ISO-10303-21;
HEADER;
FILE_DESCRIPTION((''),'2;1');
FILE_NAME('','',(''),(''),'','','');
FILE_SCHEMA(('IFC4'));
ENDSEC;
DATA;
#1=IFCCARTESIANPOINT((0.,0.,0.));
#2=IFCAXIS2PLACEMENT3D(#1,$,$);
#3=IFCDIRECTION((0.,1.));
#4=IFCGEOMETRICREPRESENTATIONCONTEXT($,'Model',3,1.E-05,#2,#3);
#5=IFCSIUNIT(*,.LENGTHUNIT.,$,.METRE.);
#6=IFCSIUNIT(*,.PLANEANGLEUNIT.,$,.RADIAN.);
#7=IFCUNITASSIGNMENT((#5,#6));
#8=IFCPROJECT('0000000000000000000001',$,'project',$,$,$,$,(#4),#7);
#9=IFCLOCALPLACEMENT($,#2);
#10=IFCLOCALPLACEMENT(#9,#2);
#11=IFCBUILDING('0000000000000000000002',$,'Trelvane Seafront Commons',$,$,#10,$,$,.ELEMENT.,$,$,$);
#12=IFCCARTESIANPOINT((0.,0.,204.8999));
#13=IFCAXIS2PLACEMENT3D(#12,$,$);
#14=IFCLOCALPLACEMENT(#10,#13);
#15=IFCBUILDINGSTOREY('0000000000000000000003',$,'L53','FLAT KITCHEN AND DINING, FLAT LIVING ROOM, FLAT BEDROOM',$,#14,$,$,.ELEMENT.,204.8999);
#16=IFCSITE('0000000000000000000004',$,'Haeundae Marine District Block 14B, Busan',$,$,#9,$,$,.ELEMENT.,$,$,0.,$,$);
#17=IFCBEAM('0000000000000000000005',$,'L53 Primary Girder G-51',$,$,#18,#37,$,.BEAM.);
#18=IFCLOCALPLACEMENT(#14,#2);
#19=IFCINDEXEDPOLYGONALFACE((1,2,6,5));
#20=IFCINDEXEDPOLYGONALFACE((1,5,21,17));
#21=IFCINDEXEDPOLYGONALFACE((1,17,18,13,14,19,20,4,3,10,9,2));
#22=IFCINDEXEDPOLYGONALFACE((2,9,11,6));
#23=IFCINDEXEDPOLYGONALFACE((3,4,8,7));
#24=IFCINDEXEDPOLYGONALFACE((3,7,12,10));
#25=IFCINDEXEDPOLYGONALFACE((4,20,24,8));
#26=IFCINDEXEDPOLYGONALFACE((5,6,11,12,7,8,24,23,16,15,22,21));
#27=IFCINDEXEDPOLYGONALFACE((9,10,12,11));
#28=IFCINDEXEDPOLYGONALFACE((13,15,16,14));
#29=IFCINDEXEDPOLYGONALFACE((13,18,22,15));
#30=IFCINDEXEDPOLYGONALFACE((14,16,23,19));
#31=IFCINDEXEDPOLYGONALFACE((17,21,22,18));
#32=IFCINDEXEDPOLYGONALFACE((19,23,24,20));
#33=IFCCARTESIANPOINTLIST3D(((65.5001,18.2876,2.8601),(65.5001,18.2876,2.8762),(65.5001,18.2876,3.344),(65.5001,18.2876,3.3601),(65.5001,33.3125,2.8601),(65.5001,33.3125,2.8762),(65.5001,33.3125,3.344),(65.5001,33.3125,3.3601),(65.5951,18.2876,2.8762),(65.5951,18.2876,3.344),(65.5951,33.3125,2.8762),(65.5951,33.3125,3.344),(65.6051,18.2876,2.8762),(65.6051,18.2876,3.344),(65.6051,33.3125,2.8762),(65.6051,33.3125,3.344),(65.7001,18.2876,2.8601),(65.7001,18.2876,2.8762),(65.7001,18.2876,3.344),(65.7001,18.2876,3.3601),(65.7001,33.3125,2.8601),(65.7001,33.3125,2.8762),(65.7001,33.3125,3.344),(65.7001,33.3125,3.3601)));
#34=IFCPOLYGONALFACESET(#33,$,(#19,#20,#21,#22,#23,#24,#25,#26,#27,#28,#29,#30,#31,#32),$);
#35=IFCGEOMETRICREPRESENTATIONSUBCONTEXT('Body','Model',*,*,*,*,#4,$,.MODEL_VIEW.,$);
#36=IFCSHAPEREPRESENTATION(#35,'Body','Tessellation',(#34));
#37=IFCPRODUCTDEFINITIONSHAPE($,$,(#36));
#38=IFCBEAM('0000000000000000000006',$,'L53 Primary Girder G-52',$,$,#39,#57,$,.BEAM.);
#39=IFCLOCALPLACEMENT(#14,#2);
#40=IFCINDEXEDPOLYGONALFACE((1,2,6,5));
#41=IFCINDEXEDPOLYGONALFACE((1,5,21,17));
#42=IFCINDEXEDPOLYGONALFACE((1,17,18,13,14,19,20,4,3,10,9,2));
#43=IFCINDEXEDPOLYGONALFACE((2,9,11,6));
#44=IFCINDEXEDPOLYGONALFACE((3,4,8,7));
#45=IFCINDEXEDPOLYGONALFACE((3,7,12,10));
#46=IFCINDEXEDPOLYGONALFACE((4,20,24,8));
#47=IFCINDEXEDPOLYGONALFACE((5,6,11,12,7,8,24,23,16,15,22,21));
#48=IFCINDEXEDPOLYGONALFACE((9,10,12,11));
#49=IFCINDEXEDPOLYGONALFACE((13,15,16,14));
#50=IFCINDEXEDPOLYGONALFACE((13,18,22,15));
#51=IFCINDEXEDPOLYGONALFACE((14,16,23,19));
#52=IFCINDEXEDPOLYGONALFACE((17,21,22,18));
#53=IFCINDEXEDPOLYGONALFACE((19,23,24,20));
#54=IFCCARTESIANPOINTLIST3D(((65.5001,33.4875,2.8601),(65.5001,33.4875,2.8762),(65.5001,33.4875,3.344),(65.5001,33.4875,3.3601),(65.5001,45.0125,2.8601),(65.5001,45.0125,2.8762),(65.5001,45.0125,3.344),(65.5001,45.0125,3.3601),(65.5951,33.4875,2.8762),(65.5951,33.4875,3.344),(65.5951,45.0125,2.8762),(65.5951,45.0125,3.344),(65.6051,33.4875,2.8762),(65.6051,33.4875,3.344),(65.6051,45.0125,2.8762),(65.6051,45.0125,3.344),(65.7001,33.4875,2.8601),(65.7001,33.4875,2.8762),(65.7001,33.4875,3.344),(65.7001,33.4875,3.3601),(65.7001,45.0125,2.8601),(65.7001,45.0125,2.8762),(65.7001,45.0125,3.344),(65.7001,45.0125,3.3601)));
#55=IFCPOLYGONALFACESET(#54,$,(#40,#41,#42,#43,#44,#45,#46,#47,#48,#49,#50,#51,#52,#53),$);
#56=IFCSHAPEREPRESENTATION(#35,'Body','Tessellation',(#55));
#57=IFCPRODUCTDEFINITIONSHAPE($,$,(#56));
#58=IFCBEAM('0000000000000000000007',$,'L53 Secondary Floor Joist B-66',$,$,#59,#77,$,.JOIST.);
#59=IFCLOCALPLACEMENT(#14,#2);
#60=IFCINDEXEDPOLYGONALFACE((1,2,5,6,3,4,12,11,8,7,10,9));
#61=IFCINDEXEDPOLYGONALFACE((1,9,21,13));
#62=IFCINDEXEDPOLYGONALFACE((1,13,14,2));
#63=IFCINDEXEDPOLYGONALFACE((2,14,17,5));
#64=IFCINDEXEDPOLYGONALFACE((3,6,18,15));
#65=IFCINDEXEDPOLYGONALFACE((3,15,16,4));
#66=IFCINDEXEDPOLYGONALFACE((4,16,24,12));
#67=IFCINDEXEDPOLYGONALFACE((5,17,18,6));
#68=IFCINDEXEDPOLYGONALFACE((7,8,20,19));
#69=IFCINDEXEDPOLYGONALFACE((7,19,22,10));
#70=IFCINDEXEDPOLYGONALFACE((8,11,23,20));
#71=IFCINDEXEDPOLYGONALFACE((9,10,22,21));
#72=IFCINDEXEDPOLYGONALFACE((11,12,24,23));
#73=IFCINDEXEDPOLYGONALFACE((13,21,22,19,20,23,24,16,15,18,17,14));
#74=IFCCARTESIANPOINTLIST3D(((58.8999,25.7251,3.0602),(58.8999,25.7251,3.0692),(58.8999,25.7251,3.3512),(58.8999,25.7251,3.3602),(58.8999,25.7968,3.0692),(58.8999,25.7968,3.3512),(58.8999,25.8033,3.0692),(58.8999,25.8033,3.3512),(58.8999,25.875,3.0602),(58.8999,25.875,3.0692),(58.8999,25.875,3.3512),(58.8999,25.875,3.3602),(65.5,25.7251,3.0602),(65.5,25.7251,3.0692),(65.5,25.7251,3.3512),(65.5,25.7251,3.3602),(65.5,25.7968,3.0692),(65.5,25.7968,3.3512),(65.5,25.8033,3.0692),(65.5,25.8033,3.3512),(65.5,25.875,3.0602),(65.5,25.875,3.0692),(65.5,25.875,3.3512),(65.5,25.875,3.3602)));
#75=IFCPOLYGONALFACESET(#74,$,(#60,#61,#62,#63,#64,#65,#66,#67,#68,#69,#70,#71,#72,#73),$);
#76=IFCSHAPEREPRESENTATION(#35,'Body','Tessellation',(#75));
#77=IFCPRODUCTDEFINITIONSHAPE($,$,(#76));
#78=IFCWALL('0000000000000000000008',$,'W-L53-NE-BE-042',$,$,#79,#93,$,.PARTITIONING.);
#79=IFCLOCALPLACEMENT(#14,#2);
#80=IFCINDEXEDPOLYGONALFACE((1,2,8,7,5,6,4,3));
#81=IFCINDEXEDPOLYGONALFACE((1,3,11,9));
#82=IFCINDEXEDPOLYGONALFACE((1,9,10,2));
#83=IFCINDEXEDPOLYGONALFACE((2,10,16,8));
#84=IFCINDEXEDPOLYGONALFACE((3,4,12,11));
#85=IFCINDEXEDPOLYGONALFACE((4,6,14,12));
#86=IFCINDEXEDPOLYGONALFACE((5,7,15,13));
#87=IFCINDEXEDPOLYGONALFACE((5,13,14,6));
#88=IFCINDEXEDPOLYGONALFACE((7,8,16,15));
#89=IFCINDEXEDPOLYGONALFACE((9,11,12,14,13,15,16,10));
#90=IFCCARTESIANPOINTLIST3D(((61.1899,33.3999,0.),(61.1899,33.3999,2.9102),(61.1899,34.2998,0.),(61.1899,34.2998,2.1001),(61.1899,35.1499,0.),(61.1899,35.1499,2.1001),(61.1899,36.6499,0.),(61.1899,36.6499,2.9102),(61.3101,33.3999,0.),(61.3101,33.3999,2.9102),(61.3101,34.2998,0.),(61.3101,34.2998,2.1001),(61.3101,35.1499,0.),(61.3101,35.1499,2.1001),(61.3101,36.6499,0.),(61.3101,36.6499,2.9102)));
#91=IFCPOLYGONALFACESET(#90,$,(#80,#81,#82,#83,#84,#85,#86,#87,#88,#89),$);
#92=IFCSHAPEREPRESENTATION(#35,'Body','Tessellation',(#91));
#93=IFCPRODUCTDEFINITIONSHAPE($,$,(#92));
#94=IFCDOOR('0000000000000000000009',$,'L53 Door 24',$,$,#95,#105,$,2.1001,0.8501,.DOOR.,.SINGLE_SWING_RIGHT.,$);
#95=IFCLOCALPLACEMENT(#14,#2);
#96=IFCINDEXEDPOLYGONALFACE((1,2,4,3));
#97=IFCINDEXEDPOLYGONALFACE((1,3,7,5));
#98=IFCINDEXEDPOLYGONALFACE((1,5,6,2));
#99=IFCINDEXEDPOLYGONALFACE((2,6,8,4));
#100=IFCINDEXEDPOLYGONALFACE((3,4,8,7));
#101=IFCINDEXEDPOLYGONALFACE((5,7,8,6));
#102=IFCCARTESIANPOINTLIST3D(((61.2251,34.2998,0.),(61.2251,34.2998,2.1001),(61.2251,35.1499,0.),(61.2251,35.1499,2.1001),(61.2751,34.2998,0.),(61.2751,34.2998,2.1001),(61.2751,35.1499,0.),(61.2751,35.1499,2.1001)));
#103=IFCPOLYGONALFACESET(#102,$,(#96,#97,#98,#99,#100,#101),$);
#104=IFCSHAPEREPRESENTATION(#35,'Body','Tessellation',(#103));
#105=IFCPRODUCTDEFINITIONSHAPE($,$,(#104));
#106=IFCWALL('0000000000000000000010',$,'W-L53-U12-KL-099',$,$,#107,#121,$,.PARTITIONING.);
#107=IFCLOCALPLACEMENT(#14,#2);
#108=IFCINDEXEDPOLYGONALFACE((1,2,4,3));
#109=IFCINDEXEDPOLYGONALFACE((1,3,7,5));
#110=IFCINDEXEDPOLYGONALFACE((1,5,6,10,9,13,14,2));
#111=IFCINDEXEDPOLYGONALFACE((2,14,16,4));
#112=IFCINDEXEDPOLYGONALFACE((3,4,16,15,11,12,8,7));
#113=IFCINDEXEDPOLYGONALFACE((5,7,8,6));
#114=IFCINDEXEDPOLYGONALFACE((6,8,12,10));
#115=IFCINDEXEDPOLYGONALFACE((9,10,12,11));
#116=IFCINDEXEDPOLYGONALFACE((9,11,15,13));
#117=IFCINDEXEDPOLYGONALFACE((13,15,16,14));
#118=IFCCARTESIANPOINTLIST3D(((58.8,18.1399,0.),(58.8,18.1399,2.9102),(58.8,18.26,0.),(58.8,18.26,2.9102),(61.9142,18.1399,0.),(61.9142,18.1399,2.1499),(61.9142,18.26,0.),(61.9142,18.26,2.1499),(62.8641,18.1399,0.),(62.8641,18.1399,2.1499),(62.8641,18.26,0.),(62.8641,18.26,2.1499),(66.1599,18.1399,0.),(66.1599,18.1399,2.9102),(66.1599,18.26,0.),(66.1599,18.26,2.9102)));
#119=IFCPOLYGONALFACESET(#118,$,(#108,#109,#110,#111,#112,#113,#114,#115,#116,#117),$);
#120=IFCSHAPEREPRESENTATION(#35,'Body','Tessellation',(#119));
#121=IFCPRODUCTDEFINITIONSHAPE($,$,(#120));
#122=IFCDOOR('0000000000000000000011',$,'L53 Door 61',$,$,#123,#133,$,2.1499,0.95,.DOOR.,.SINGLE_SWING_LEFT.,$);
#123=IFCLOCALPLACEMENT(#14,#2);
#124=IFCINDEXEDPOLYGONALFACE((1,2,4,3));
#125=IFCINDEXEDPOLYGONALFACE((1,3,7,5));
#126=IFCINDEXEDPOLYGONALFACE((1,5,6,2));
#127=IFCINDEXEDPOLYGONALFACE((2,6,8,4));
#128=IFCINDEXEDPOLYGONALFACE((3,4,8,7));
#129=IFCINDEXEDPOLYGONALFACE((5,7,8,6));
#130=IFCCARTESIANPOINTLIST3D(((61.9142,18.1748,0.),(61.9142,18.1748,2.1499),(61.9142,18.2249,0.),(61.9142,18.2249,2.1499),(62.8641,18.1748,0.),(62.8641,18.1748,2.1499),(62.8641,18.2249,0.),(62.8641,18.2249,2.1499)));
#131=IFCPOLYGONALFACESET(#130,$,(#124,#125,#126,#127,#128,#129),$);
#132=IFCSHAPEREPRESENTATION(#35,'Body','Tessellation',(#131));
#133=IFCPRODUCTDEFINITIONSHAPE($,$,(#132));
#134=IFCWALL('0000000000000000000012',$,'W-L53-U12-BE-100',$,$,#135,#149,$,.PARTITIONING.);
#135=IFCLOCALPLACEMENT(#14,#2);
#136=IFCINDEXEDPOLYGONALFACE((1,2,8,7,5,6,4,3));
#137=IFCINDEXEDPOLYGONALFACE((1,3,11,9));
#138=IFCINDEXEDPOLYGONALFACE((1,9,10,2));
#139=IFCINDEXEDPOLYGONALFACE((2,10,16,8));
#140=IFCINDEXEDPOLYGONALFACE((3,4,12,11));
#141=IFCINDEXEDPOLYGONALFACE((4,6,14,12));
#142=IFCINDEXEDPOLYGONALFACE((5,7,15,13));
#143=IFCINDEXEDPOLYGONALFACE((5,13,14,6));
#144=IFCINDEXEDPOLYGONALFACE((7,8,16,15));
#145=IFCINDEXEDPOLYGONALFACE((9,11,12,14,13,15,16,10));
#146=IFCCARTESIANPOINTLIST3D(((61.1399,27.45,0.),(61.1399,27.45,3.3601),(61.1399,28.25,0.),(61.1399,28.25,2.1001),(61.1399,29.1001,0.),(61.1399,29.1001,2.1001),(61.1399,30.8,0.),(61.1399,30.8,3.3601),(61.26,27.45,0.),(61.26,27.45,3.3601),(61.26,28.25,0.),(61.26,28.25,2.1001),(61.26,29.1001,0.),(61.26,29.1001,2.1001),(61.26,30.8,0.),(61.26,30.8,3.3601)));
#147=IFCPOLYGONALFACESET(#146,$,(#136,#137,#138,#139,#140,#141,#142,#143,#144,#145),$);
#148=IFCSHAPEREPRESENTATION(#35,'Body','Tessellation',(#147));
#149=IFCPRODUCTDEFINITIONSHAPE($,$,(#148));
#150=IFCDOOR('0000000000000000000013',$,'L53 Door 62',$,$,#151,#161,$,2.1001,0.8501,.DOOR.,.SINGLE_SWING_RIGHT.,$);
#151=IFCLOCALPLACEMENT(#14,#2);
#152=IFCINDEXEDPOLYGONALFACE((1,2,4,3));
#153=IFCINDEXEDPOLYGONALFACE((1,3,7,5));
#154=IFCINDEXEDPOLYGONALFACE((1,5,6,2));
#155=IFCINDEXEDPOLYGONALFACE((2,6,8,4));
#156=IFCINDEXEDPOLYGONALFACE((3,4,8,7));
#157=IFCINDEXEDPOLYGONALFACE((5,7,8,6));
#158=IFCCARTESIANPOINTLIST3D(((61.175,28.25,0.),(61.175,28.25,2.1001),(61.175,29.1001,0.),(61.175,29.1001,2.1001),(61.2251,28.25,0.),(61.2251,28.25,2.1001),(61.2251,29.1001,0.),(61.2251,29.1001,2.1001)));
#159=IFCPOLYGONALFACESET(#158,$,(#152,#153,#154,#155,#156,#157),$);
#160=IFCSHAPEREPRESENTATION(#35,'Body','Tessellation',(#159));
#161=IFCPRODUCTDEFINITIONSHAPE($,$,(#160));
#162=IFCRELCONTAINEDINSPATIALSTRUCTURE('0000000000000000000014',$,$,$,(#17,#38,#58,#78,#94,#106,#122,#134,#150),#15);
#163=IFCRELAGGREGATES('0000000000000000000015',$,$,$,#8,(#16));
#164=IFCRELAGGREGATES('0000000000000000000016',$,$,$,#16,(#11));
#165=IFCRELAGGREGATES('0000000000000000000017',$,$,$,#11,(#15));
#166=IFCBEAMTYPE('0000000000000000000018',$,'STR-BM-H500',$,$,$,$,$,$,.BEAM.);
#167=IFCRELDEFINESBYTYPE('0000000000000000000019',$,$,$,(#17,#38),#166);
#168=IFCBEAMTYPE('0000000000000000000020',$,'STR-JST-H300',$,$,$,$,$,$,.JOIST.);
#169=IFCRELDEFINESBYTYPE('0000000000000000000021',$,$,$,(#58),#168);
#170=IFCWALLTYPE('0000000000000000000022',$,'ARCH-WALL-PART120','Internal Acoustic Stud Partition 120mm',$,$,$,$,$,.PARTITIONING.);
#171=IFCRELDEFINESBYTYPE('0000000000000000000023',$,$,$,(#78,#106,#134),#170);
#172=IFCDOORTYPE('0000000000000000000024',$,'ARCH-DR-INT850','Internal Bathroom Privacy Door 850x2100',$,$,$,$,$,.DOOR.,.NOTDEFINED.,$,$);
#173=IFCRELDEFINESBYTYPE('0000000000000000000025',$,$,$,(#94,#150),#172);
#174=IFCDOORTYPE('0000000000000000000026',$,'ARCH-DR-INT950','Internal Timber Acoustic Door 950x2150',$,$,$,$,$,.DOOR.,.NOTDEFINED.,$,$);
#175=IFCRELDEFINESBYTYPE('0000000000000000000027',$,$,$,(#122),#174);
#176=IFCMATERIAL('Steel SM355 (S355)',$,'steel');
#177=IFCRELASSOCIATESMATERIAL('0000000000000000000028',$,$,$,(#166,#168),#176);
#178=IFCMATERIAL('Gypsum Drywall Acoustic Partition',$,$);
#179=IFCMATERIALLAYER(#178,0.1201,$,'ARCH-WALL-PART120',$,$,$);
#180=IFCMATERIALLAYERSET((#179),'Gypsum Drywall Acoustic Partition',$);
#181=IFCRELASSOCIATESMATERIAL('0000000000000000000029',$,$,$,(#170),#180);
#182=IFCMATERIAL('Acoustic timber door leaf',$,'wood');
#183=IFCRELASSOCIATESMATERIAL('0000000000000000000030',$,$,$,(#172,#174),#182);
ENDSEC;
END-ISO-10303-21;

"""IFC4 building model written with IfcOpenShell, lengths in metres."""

from ifc_helpers import new_model, si_unit, direction, frame, frame_2d, origin, origin_2d, place, context, subcontext, project, spatial, rectangle, i_section, extrude, source, transform, mapped, material, layer, layer_set, material_profile, profile_set, type_object, element, fill, save


model = new_model("IFC4")

# Units and contexts
model_context = context("Model", 3, precision=1e-05, world=origin(), true_north=direction((0.0, 1.0)))
body_context = subcontext(model_context, "Body", "Model", "MODEL_VIEW")
ifc_project = project(units=[si_unit("LENGTHUNIT", "METRE"), si_unit("PLANEANGLEUNIT", "RADIAN")], contexts=[model_context])

# Site, building, storey
site_placement = place(None, origin())
site = spatial("IfcSite", under=ifc_project, at=site_placement, Name="Haeundae Marine District Block 14B, Busan", CompositionType="ELEMENT", RefElevation=0.0)
building_placement = place(site_placement, origin())
building = spatial("IfcBuilding", under=site, at=building_placement, Name="Trelvane Seafront Commons", CompositionType="ELEMENT")
storey_placement = place(building_placement, frame((0.0, 0.0, 204.8999)))
storey = spatial("IfcBuildingStorey", under=building, at=storey_placement, Name="L53", Description="FLAT KITCHEN AND DINING, FLAT LIVING ROOM, FLAT BEDROOM", CompositionType="ELEMENT", Elevation=204.8999)

# Shared definitions
ifc_material_1 = material(Name="Steel SM355 (S355)", Category="steel")

# Beams
ifc_material_profile_1 = material_profile(ifc_material_1, i_section(OverallWidth=0.2, OverallDepth=0.5, WebThickness=0.01, FlangeThickness=0.0161, at=origin_2d()), Name="H-500x200x10x16")
ifc_profile_set_1 = profile_set([ifc_material_profile_1], Name="Steel SM355 (S355)")
beam_type_1 = type_object("IfcBeamType", Name="STR-BM-H500", PredefinedType="BEAM", material=ifc_profile_set_1)
shared_shape_1 = source(origin(), body_context, "Body", "SweptSolid", [
    extrude(i_section(OverallWidth=0.2, OverallDepth=0.5, WebThickness=0.01, FlangeThickness=0.0161, at=origin_2d()), origin(), (0.0, 0.0, 1.0), 15.0249),
])
beam_1_placement = place(storey_placement, frame((65.6001, 18.2876, 3.1101), z_axis=(0.0, 1.0, 0.0), x_axis=(-1.0, 0.0, 0.0)))
element("IfcBeam", 1, at=beam_1_placement, inside=storey, type_object=beam_type_1, Name="L53 Primary Girder G-51", PredefinedType="BEAM", context=body_context, shape_type="MappedRepresentation", body=[
    mapped(shared_shape_1, transform((0.0, 0.0, 0.0), x_axis=(1.0, 0.0, 0.0), y_axis=(0.0, 1.0, 0.0), z_axis=(0.0, 0.0, 1.0), scale=1.0)),
])
shared_shape_2 = source(origin(), body_context, "Body", "SweptSolid", [
    extrude(i_section(OverallWidth=0.2, OverallDepth=0.5, WebThickness=0.01, FlangeThickness=0.0161, at=origin_2d()), origin(), (0.0, 0.0, 1.0), 11.5249),
])
beam_2_placement = place(storey_placement, frame((65.6001, 33.4875, 3.1101), z_axis=(0.0, 1.0, 0.0), x_axis=(-1.0, 0.0, 0.0)))
element("IfcBeam", 2, at=beam_2_placement, inside=storey, type_object=beam_type_1, Name="L53 Primary Girder G-52", PredefinedType="BEAM", context=body_context, shape_type="MappedRepresentation", body=[
    mapped(shared_shape_2, transform((0.0, 0.0, 0.0), x_axis=(1.0, 0.0, 0.0), y_axis=(0.0, 1.0, 0.0), z_axis=(0.0, 0.0, 1.0), scale=1.0)),
])
ifc_material_profile_2 = material_profile(ifc_material_1, i_section(OverallWidth=0.1499, OverallDepth=0.3, WebThickness=0.0066, FlangeThickness=0.009, at=origin_2d()), Name="H-300x150x6.5x9")
ifc_profile_set_2 = profile_set([ifc_material_profile_2], Name="Steel SM355 (S355)")
beam_type_2 = type_object("IfcBeamType", Name="STR-JST-H300", PredefinedType="JOIST", material=ifc_profile_set_2)
shared_shape_3 = source(origin(), body_context, "Body", "SweptSolid", [
    extrude(i_section(OverallWidth=0.1499, OverallDepth=0.3, WebThickness=0.0066, FlangeThickness=0.009, at=origin_2d()), origin(), (0.0, 0.0, 1.0), 6.6001),
])
beam_3_placement = place(storey_placement, frame((58.8999, 25.8, 3.2102), z_axis=(1.0, 0.0, 0.0), x_axis=(0.0, 1.0, 0.0)))
element("IfcBeam", 3, at=beam_3_placement, inside=storey, type_object=beam_type_2, Name="L53 Secondary Floor Joist B-66", PredefinedType="JOIST", context=body_context, shape_type="MappedRepresentation", body=[
    mapped(shared_shape_3, transform((0.0, 0.0, 0.0), x_axis=(1.0, 0.0, 0.0), y_axis=(0.0, 1.0, 0.0), z_axis=(0.0, 0.0, 1.0), scale=1.0)),
])

# Walls, openings, doors
ifc_material_2 = material(Name="Gypsum Drywall Acoustic Partition")
ifc_layer_1 = layer(ifc_material_2, 0.1201, Name="ARCH-WALL-PART120")
ifc_layer_set_1 = layer_set([ifc_layer_1], Name="Gypsum Drywall Acoustic Partition")
wall_type_1 = type_object("IfcWallType", Name="ARCH-WALL-PART120", Description="Internal Acoustic Stud Partition 120mm", PredefinedType="PARTITIONING", material=ifc_layer_set_1)
wall_1_placement = place(storey_placement, frame((61.25, 33.3999, 0.0), z_axis=(0.0, 0.0, 1.0), x_axis=(0.0, 1.0, 0.0)))
wall_1 = element("IfcWall", 4, at=wall_1_placement, inside=storey, type_object=wall_type_1, Name="W-L53-NE-BE-042", PredefinedType="PARTITIONING", context=body_context, shape_type="SweptSolid", body=[
    extrude(rectangle(XDim=3.25, YDim=0.1201, at=frame_2d((1.625, 0.0))), origin(), (0.0, 0.0, 1.0), 2.9102),
])
opening_1_placement = place(wall_1_placement, frame((0.8999, 0.0, 0.0)))
opening_1 = element("IfcOpeningElement", 5, at=opening_1_placement, cuts=wall_1, PredefinedType="OPENING", context=body_context, shape_type="SweptSolid", body=[
    extrude(rectangle(XDim=0.8501, YDim=2.1001, at=frame_2d((0.425, 1.05))), frame((0.0, 0.0701, 0.0), z_axis=(0.0, -1.0, 0.0), x_axis=(1.0, 0.0, 0.0)), (0.0, 0.0, 1.0), 0.1401),
])
ifc_material_3 = material(Name="Acoustic timber door leaf", Category="wood")
door_type_1 = type_object("IfcDoorType", Name="ARCH-DR-INT850", Description="Internal Bathroom Privacy Door 850x2100", OperationType="NOTDEFINED", PredefinedType="DOOR", material=ifc_material_3)
shared_shape_4 = source(origin(), body_context, "Body", "SweptSolid", [
    extrude(rectangle(XDim=0.8501, YDim=2.1001, at=frame_2d((0.425, 1.05))), frame((0.0, 0.0249, 0.0), z_axis=(0.0, -1.0, 0.0), x_axis=(1.0, 0.0, 0.0)), (0.0, 0.0, 1.0), 0.05),
])
door_1_placement = place(opening_1_placement, origin())
door_1 = element("IfcDoor", 6, at=door_1_placement, inside=storey, type_object=door_type_1, Name="L53 Door 24", OperationType="SINGLE_SWING_RIGHT", OverallHeight=2.1001, OverallWidth=0.8501, PredefinedType="DOOR", context=body_context, shape_type="MappedRepresentation", body=[
    mapped(shared_shape_4, transform((0.0, 0.0, 0.0), x_axis=(1.0, 0.0, 0.0), y_axis=(0.0, 1.0, 0.0), z_axis=(0.0, 0.0, 1.0), scale=1.0)),
])
fill(opening_1, door_1)
door_type_2 = type_object("IfcDoorType", Name="ARCH-DR-INT950", Description="Internal Timber Acoustic Door 950x2150", OperationType="NOTDEFINED", PredefinedType="DOOR", material=ifc_material_3)
shared_shape_5 = source(origin(), body_context, "Body", "SweptSolid", [
    extrude(rectangle(XDim=0.95, YDim=2.1499, at=frame_2d((0.4751, 1.075))), frame((0.0, 0.0249, 0.0), z_axis=(0.0, -1.0, 0.0), x_axis=(1.0, 0.0, 0.0)), (0.0, 0.0, 1.0), 0.05),
])
wall_2_placement = place(storey_placement, frame((58.8, 18.2, 0.0), z_axis=(0.0, 0.0, 1.0), x_axis=(1.0, 0.0, 0.0)))
wall_2 = element("IfcWall", 7, at=wall_2_placement, inside=storey, type_object=wall_type_1, Name="W-L53-U12-KL-099", PredefinedType="PARTITIONING", context=body_context, shape_type="SweptSolid", body=[
    extrude(rectangle(XDim=7.3599, YDim=0.1201, at=frame_2d((3.6799, 0.0))), origin(), (0.0, 0.0, 1.0), 2.9102),
])
opening_2_placement = place(wall_2_placement, frame((3.114, 0.0, 0.0)))
opening_2 = element("IfcOpeningElement", 8, at=opening_2_placement, cuts=wall_2, PredefinedType="OPENING", context=body_context, shape_type="SweptSolid", body=[
    extrude(rectangle(XDim=0.95, YDim=2.1499, at=frame_2d((0.4751, 1.075))), frame((0.0, 0.0701, 0.0), z_axis=(0.0, -1.0, 0.0), x_axis=(1.0, 0.0, 0.0)), (0.0, 0.0, 1.0), 0.1401),
])
door_2_placement = place(opening_2_placement, origin())
door_2 = element("IfcDoor", 9, at=door_2_placement, inside=storey, type_object=door_type_2, Name="L53 Door 61", OperationType="SINGLE_SWING_LEFT", OverallHeight=2.1499, OverallWidth=0.95, PredefinedType="DOOR", context=body_context, shape_type="MappedRepresentation", body=[
    mapped(shared_shape_5, transform((0.0, 0.0, 0.0), x_axis=(1.0, 0.0, 0.0), y_axis=(0.0, 1.0, 0.0), z_axis=(0.0, 0.0, 1.0), scale=1.0)),
])
fill(opening_2, door_2)
wall_3_placement = place(storey_placement, frame((61.2, 27.45, 0.0), z_axis=(0.0, 0.0, 1.0), x_axis=(0.0, 1.0, 0.0)))
wall_3 = element("IfcWall", 10, at=wall_3_placement, inside=storey, type_object=wall_type_1, Name="W-L53-U12-BE-100", PredefinedType="PARTITIONING", context=body_context, shape_type="SweptSolid", body=[
    extrude(rectangle(XDim=3.3501, YDim=0.1201, at=frame_2d((1.675, 0.0))), origin(), (0.0, 0.0, 1.0), 3.3601),
])
opening_3_placement = place(wall_3_placement, frame((0.8, 0.0, 0.0)))
opening_3 = element("IfcOpeningElement", 11, at=opening_3_placement, cuts=wall_3, PredefinedType="OPENING", context=body_context, shape_type="SweptSolid", body=[
    extrude(rectangle(XDim=0.8501, YDim=2.1001, at=frame_2d((0.425, 1.05))), frame((0.0, 0.0701, 0.0), z_axis=(0.0, -1.0, 0.0), x_axis=(1.0, 0.0, 0.0)), (0.0, 0.0, 1.0), 0.1401),
])
door_3_placement = place(opening_3_placement, origin())
door_3 = element("IfcDoor", 12, at=door_3_placement, inside=storey, type_object=door_type_1, Name="L53 Door 62", OperationType="SINGLE_SWING_RIGHT", OverallHeight=2.1001, OverallWidth=0.8501, PredefinedType="DOOR", context=body_context, shape_type="MappedRepresentation", body=[
    mapped(shared_shape_4, transform((0.0, 0.0, 0.0), x_axis=(1.0, 0.0, 0.0), y_axis=(0.0, 1.0, 0.0), z_axis=(0.0, 0.0, 1.0), scale=1.0)),
])
fill(opening_3, door_3)

save(model, "model.ifc")
